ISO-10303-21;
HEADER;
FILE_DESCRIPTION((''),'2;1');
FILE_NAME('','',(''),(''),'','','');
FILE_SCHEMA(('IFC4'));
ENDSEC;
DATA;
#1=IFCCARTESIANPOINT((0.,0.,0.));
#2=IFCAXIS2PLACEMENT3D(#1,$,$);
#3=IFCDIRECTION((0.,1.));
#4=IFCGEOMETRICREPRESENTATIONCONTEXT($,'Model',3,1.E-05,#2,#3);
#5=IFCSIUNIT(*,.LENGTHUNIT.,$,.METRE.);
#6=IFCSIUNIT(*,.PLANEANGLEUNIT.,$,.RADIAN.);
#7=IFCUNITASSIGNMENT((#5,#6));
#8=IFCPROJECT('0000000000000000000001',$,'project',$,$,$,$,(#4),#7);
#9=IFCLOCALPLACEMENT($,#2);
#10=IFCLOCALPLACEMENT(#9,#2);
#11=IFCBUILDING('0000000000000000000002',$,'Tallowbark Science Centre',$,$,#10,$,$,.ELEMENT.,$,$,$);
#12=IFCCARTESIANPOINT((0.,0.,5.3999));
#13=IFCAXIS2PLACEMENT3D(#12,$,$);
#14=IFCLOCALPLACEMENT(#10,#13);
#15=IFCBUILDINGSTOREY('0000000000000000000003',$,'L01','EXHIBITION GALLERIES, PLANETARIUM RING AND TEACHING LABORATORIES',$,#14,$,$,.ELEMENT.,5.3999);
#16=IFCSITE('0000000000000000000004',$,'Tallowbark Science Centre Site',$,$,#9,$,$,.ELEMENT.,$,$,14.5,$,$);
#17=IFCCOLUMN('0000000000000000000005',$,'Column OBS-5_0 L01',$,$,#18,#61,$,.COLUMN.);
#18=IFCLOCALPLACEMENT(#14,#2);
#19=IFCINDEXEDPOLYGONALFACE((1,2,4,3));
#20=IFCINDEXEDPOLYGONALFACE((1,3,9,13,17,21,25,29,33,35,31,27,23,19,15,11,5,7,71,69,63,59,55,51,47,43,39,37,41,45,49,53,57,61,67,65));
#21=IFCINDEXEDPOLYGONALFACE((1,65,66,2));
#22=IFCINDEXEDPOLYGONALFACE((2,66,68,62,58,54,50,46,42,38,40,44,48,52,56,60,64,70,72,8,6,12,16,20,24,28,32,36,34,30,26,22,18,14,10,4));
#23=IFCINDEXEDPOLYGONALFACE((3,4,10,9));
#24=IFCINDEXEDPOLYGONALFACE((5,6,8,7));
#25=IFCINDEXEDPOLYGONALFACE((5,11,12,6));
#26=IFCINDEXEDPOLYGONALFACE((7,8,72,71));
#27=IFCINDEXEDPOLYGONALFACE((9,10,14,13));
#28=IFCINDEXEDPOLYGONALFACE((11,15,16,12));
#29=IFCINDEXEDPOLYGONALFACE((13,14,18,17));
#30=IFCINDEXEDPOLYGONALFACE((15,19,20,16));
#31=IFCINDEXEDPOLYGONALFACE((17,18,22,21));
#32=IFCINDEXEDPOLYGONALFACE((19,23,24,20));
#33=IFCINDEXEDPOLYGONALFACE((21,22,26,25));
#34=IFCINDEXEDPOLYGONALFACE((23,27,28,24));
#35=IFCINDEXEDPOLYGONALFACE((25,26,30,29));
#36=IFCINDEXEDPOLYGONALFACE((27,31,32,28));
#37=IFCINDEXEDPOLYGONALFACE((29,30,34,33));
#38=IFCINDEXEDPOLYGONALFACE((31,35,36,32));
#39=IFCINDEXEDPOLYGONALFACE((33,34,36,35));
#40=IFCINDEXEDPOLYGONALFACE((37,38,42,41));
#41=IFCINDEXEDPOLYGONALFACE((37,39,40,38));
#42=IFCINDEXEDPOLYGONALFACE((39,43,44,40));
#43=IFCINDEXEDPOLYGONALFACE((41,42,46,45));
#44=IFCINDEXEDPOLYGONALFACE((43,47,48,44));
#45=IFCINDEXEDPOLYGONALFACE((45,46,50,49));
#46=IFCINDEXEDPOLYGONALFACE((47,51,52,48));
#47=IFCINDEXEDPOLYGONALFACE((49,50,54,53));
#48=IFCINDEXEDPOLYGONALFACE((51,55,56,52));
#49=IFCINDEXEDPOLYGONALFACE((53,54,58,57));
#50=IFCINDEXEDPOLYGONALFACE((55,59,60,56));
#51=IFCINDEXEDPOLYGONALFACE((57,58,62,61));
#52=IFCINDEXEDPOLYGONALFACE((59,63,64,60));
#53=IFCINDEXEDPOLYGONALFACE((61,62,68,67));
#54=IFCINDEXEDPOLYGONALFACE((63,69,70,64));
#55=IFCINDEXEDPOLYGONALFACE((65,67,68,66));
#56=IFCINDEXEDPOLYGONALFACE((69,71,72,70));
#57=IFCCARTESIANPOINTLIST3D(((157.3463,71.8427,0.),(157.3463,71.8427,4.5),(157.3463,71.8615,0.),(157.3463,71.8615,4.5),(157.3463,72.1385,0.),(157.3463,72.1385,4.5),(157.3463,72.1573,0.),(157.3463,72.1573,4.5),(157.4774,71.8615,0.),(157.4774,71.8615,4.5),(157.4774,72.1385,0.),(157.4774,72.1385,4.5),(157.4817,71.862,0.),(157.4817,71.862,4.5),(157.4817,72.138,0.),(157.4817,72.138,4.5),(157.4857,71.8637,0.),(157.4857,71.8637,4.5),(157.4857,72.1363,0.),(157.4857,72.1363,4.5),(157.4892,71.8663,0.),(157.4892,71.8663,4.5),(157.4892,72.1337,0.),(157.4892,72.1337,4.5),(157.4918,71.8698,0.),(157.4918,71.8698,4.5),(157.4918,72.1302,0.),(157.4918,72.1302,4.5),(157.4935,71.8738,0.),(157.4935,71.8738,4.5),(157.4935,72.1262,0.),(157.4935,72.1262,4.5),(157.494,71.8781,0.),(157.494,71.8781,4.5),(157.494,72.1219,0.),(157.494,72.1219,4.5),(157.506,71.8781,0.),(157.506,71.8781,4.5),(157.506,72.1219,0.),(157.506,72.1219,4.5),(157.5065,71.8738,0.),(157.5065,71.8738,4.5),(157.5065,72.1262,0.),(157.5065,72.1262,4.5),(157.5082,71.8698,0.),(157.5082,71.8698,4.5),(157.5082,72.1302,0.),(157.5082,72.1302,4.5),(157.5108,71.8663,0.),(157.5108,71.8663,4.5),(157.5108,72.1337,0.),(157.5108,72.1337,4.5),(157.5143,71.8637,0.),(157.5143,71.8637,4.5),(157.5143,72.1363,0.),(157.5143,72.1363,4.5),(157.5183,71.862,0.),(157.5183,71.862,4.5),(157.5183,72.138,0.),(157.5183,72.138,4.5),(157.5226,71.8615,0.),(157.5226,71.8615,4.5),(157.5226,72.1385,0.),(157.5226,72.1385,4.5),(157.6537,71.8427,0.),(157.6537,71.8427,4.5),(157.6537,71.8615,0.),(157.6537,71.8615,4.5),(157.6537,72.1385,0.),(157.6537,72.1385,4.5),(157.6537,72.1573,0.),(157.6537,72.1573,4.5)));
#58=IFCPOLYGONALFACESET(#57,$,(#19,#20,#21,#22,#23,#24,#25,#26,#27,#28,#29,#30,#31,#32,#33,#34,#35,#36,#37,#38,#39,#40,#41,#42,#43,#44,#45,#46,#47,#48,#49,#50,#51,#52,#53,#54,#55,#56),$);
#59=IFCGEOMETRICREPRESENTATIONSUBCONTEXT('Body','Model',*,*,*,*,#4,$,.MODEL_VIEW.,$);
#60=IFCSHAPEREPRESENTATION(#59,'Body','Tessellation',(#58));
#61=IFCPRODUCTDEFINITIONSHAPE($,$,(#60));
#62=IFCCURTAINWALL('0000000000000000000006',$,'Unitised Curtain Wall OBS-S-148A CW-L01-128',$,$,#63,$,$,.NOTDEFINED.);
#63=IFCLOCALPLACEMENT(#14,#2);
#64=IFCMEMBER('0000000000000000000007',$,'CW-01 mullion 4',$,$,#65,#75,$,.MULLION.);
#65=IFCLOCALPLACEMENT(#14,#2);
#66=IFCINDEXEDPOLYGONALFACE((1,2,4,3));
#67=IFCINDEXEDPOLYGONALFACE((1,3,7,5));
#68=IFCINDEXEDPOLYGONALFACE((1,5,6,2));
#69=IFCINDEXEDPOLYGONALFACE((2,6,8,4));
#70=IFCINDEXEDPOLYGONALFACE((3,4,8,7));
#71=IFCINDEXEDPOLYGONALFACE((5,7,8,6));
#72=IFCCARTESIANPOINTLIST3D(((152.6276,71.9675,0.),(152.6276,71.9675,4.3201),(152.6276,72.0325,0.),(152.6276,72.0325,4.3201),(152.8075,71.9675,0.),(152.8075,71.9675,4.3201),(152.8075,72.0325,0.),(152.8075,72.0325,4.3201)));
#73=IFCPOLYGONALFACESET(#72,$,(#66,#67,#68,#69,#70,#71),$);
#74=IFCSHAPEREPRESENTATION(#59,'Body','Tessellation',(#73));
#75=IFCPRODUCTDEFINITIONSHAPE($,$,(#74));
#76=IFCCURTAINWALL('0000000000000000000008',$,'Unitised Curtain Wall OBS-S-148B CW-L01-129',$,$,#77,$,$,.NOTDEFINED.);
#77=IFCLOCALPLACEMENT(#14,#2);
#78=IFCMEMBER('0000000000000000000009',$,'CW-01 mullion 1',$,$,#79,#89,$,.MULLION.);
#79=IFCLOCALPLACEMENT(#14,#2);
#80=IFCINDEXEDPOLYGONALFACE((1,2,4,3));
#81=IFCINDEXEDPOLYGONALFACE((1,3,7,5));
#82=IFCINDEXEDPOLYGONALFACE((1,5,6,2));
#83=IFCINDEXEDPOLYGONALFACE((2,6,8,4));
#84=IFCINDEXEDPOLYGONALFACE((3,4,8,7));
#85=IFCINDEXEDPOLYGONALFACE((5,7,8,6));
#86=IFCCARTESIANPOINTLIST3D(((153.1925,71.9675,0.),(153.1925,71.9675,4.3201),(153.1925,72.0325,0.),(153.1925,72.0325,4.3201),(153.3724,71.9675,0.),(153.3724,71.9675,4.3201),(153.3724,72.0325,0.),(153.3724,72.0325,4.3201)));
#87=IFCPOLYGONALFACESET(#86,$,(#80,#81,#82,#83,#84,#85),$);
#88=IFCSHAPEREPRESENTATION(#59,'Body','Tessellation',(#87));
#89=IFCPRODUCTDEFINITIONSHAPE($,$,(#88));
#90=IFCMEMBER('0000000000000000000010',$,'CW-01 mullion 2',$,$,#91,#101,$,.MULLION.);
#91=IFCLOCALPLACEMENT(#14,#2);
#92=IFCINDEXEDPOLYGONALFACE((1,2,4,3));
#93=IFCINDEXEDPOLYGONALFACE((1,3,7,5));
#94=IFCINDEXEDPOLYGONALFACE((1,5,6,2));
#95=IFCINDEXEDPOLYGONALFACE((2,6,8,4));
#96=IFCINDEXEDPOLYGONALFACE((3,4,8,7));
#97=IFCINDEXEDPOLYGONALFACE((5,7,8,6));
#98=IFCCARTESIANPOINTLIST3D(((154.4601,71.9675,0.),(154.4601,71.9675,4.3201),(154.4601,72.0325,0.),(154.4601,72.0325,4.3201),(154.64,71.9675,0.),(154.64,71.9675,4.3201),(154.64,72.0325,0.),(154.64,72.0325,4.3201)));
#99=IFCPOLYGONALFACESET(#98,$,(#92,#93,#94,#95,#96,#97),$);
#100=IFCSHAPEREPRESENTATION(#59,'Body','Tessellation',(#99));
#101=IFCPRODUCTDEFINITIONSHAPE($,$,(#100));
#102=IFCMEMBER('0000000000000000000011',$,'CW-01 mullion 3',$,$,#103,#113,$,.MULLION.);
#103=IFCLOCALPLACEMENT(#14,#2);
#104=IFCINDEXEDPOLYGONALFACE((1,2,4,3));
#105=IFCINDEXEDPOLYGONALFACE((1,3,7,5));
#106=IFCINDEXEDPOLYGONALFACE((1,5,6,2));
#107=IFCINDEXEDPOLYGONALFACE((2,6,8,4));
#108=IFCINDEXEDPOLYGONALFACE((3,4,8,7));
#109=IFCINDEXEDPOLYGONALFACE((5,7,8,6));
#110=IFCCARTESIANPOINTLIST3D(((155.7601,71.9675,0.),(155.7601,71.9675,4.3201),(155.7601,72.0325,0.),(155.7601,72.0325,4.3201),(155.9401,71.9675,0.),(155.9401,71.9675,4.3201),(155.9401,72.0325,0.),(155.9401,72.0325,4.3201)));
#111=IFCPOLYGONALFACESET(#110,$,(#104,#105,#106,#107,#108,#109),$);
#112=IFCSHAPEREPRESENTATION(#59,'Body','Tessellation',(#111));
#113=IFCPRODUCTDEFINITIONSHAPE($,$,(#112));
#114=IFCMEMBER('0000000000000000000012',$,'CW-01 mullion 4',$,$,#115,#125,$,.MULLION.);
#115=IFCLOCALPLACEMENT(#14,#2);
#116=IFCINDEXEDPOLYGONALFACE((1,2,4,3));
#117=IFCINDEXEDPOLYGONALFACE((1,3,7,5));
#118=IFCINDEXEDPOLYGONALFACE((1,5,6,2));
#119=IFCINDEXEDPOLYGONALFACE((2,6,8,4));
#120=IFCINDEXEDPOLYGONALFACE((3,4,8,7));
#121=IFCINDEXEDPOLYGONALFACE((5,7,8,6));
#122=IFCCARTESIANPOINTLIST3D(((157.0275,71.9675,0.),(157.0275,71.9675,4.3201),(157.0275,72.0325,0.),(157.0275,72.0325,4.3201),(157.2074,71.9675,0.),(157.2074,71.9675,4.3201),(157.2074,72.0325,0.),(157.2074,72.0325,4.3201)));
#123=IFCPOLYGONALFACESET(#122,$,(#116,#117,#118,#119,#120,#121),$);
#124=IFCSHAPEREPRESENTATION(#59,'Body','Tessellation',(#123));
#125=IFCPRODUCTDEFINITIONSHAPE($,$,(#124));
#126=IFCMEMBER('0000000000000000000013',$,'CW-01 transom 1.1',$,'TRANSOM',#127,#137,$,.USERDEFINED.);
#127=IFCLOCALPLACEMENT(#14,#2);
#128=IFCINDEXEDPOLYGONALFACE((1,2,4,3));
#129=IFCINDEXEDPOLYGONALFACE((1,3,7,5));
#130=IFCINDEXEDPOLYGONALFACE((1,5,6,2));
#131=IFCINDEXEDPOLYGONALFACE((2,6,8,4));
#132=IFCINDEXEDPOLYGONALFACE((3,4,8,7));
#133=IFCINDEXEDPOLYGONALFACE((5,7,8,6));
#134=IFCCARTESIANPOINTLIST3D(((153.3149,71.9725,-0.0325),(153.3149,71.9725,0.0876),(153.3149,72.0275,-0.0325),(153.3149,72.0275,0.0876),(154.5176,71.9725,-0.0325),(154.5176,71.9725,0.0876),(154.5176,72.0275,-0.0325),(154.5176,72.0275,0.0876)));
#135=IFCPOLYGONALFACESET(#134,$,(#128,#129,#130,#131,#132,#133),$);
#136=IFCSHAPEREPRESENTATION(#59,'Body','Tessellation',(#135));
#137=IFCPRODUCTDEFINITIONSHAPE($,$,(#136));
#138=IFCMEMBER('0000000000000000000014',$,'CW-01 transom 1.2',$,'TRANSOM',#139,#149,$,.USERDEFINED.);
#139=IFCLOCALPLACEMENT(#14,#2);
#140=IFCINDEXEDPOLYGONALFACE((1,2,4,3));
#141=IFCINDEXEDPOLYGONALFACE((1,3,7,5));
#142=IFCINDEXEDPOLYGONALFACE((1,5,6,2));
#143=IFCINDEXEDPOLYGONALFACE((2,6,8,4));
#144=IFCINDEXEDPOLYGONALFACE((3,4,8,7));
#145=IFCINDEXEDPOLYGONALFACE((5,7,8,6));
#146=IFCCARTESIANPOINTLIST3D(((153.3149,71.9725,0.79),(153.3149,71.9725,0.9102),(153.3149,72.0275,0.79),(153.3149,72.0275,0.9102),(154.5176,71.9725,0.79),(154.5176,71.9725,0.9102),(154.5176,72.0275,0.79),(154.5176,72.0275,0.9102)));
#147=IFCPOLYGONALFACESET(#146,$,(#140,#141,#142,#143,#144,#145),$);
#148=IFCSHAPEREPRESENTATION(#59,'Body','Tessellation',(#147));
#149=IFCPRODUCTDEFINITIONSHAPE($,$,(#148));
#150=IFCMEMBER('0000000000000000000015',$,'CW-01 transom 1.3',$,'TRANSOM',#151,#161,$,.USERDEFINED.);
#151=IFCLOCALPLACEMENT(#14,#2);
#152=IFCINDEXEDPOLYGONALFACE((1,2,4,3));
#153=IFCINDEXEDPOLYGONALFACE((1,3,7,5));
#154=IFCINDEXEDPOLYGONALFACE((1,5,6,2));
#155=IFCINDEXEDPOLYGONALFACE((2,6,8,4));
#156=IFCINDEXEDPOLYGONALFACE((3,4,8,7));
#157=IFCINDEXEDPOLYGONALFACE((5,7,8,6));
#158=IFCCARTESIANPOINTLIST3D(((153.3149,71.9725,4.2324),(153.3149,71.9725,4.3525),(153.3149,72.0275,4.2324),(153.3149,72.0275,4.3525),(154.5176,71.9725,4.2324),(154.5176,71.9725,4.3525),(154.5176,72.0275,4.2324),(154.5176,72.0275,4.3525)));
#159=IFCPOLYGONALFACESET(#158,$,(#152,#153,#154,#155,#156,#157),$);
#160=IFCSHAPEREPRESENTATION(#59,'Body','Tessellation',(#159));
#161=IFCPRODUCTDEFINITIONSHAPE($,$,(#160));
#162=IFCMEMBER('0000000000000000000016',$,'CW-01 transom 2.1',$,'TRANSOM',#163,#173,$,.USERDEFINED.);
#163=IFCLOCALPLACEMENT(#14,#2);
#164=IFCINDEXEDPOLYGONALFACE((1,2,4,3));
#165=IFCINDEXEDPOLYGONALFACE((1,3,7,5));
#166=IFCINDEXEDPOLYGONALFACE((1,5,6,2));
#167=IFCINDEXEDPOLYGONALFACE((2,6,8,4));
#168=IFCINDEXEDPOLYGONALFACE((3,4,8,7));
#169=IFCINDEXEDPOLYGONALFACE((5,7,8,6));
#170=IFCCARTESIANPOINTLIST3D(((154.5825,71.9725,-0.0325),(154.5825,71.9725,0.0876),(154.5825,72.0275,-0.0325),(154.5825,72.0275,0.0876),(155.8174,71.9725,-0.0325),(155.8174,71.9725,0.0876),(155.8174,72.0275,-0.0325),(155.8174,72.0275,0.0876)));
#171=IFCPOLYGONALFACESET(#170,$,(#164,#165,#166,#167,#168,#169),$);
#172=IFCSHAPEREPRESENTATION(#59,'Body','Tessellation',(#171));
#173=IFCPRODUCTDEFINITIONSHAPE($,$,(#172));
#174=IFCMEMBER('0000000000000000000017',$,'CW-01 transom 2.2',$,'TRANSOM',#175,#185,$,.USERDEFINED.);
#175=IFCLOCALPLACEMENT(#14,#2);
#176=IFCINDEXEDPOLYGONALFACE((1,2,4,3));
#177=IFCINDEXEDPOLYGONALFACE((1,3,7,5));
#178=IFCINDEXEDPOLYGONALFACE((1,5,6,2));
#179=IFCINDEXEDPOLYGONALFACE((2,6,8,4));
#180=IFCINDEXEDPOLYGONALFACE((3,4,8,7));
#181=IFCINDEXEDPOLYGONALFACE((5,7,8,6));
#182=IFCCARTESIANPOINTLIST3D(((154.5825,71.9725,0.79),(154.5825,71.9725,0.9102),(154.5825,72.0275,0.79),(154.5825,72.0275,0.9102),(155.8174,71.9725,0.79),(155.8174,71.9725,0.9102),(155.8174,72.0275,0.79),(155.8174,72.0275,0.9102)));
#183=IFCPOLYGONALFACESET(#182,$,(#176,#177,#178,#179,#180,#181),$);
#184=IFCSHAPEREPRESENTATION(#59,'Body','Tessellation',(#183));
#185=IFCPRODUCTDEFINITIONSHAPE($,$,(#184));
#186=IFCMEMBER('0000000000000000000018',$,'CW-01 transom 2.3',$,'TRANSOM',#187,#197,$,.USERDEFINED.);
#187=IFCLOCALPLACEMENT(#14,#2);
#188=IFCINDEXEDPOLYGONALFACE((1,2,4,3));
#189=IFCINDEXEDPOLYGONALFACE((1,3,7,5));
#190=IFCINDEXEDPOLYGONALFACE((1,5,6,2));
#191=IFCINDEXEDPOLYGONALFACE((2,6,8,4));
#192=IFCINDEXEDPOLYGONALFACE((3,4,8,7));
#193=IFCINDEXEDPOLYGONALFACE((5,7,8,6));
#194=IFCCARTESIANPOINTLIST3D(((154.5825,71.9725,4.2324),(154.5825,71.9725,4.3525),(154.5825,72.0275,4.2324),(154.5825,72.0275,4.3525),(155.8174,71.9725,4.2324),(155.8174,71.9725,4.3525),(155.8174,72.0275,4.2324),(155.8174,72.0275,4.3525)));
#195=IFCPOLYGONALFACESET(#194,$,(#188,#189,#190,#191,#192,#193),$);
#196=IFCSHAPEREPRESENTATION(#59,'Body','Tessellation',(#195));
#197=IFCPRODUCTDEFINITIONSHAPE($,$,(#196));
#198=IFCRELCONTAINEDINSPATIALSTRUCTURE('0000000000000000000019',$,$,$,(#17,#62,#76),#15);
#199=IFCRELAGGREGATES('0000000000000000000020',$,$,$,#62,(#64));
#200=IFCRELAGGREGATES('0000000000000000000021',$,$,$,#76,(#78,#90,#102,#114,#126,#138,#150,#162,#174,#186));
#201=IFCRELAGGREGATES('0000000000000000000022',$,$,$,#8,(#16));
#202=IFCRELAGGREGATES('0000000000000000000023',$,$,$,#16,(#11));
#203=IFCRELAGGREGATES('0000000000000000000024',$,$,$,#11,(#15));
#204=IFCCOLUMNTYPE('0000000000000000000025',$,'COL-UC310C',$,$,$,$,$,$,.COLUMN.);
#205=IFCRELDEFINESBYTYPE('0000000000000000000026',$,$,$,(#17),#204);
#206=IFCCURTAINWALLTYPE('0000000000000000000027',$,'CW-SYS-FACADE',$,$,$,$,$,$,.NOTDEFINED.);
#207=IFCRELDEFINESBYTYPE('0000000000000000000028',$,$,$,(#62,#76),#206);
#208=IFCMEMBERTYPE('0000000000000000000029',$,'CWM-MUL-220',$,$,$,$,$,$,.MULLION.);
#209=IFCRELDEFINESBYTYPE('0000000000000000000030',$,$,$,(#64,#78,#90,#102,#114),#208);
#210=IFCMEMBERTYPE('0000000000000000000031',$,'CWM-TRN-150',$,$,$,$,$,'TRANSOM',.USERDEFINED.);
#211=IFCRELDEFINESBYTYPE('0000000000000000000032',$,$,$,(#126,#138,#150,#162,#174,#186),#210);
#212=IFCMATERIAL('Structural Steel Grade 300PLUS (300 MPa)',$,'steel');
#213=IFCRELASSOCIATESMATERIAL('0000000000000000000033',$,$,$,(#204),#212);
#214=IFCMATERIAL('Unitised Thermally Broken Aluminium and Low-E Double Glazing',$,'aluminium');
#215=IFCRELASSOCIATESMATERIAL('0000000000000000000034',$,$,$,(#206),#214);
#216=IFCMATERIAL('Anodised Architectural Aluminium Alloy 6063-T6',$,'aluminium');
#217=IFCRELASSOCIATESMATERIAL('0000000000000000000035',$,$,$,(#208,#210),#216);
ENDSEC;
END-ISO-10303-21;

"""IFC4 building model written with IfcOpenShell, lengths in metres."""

from ifc_helpers import new_model, si_unit, direction, frame, origin, origin_2d, place, context, subcontext, project, spatial, rectangle, i_section, extrude, material, material_profile, profile_set, type_object, element, aggregate, save


model = new_model("IFC4")

# Units and contexts
model_context = context("Model", 3, precision=1e-05, world=origin(), true_north=direction((0.0, 1.0)))
body_context = subcontext(model_context, "Body", "Model", "MODEL_VIEW")
ifc_project = project(units=[si_unit("LENGTHUNIT", "METRE"), si_unit("PLANEANGLEUNIT", "RADIAN")], contexts=[model_context])

# Site, building, storey
site_placement = place(None, origin())
site = spatial("IfcSite", under=ifc_project, at=site_placement, Name="Tallowbark Science Centre Site", CompositionType="ELEMENT", RefElevation=14.5)
building_placement = place(site_placement, origin())
building = spatial("IfcBuilding", under=site, at=building_placement, Name="Tallowbark Science Centre", CompositionType="ELEMENT")
storey_placement = place(building_placement, frame((0.0, 0.0, 5.3999)))
storey = spatial("IfcBuildingStorey", under=building, at=storey_placement, Name="L01", Description="EXHIBITION GALLERIES, PLANETARIUM RING AND TEACHING LABORATORIES", CompositionType="ELEMENT", Elevation=5.3999)

# Column
ifc_material_1 = material(Name="Structural Steel Grade 300PLUS (300 MPa)", Category="steel")
ifc_material_profile_1 = material_profile(ifc_material_1, i_section(OverallWidth=0.3074, OverallDepth=0.3147, WebThickness=0.012, FlangeThickness=0.0188, FilletRadius=0.0166, at=origin_2d()), Name="310UC118")
ifc_profile_set_1 = profile_set([ifc_material_profile_1], Name="Structural Steel Grade 300PLUS (300 MPa)")
column_type = type_object("IfcColumnType", Name="COL-UC310C", PredefinedType="COLUMN", material=ifc_profile_set_1)
column_placement = place(storey_placement, frame((157.5, 72.0, 0.0), z_axis=(0.0, 0.0, 1.0), x_axis=(1.0, 0.0, 0.0)))
element("IfcColumn", 1, at=column_placement, inside=storey, type_object=column_type, Name="Column OBS-5_0 L01", PredefinedType="COLUMN", context=body_context, shape_type="SweptSolid", body=[
    extrude(i_section(OverallWidth=0.3074, OverallDepth=0.3147, WebThickness=0.012, FlangeThickness=0.0188, FilletRadius=0.0166, at=origin_2d()), origin(), (0.0, 0.0, 1.0), 4.5),
])

# Curtain wall, member
ifc_material_2 = material(Name="Unitised Thermally Broken Aluminium and Low-E Double Glazing", Category="aluminium")
curtain_wall_type = type_object("IfcCurtainWallType", Name="CW-SYS-FACADE", PredefinedType="NOTDEFINED", material=ifc_material_2)
curtain_wall_1_placement = place(storey_placement, origin())
curtain_wall_1 = element("IfcCurtainWall", 2, at=curtain_wall_1_placement, inside=storey, type_object=curtain_wall_type, Name="Unitised Curtain Wall OBS-S-148A CW-L01-128", PredefinedType="NOTDEFINED")
ifc_material_3 = material(Name="Anodised Architectural Aluminium Alloy 6063-T6", Category="aluminium")
ifc_material_profile_2 = material_profile(ifc_material_3, rectangle(XDim=0.0649, YDim=0.1799, at=origin_2d()), Name="ALU65x180")
ifc_profile_set_2 = profile_set([ifc_material_profile_2], Name="Anodised Architectural Aluminium Alloy 6063-T6")
member_type_1 = type_object("IfcMemberType", Name="CWM-MUL-220", PredefinedType="MULLION", material=ifc_profile_set_2)
member_1_placement = place(storey_placement, frame((152.7175, 72.0, 0.0), z_axis=(0.0, 0.0, 1.0), x_axis=(0.0, 1.0, 0.0)))
member_1 = element("IfcMember", 3, at=member_1_placement, type_object=member_type_1, Name="CW-01 mullion 4", PredefinedType="MULLION", context=body_context, shape_type="SweptSolid", body=[
    extrude(rectangle(XDim=0.0649, YDim=0.1799, at=origin_2d()), origin(), (0.0, 0.0, 1.0), 4.3201),
])
aggregate(curtain_wall_1, [member_1])

# Curtain wall, members
curtain_wall_2_placement = place(storey_placement, origin())
curtain_wall_2 = element("IfcCurtainWall", 4, at=curtain_wall_2_placement, inside=storey, type_object=curtain_wall_type, Name="Unitised Curtain Wall OBS-S-148B CW-L01-129", PredefinedType="NOTDEFINED")
member_2_placement = place(storey_placement, frame((153.2825, 72.0, 0.0), z_axis=(0.0, 0.0, 1.0), x_axis=(0.0, 1.0, 0.0)))
member_2 = element("IfcMember", 5, at=member_2_placement, type_object=member_type_1, Name="CW-01 mullion 1", PredefinedType="MULLION", context=body_context, shape_type="SweptSolid", body=[
    extrude(rectangle(XDim=0.0649, YDim=0.1799, at=origin_2d()), origin(), (0.0, 0.0, 1.0), 4.3201),
])
member_3_placement = place(storey_placement, frame((154.55, 72.0, 0.0), z_axis=(0.0, 0.0, 1.0), x_axis=(0.0, 1.0, 0.0)))
member_3 = element("IfcMember", 6, at=member_3_placement, type_object=member_type_1, Name="CW-01 mullion 2", PredefinedType="MULLION", context=body_context, shape_type="SweptSolid", body=[
    extrude(rectangle(XDim=0.0649, YDim=0.1799, at=origin_2d()), origin(), (0.0, 0.0, 1.0), 4.3201),
])
member_4_placement = place(storey_placement, frame((155.8501, 72.0, 0.0), z_axis=(0.0, 0.0, 1.0), x_axis=(0.0, 1.0, 0.0)))
member_4 = element("IfcMember", 7, at=member_4_placement, type_object=member_type_1, Name="CW-01 mullion 3", PredefinedType="MULLION", context=body_context, shape_type="SweptSolid", body=[
    extrude(rectangle(XDim=0.0649, YDim=0.1799, at=origin_2d()), origin(), (0.0, 0.0, 1.0), 4.3201),
])
member_5_placement = place(storey_placement, frame((157.1174, 72.0, 0.0), z_axis=(0.0, 0.0, 1.0), x_axis=(0.0, 1.0, 0.0)))
member_5 = element("IfcMember", 8, at=member_5_placement, type_object=member_type_1, Name="CW-01 mullion 4", PredefinedType="MULLION", context=body_context, shape_type="SweptSolid", body=[
    extrude(rectangle(XDim=0.0649, YDim=0.1799, at=origin_2d()), origin(), (0.0, 0.0, 1.0), 4.3201),
])
ifc_material_profile_3 = material_profile(ifc_material_3, rectangle(XDim=0.0549, YDim=0.1201, at=origin_2d()), Name="ALU55x120")
ifc_profile_set_3 = profile_set([ifc_material_profile_3], Name="Anodised Architectural Aluminium Alloy 6063-T6")
member_type_2 = type_object("IfcMemberType", Name="CWM-TRN-150", ElementType="TRANSOM", PredefinedType="USERDEFINED", material=ifc_profile_set_3)
member_6_placement = place(storey_placement, frame((153.3149, 72.0, 0.0276), z_axis=(1.0, 0.0, 0.0), x_axis=(0.0, 1.0, 0.0)))
member_6 = element("IfcMember", 9, at=member_6_placement, type_object=member_type_2, Name="CW-01 transom 1.1", ObjectType="TRANSOM", PredefinedType="USERDEFINED", context=body_context, shape_type="SweptSolid", body=[
    extrude(rectangle(XDim=0.0549, YDim=0.1201, at=origin_2d()), origin(), (0.0, 0.0, 1.0), 1.2026),
])
member_7_placement = place(storey_placement, frame((153.3149, 72.0, 0.8501), z_axis=(1.0, 0.0, 0.0), x_axis=(0.0, 1.0, 0.0)))
member_7 = element("IfcMember", 10, at=member_7_placement, type_object=member_type_2, Name="CW-01 transom 1.2", ObjectType="TRANSOM", PredefinedType="USERDEFINED", context=body_context, shape_type="SweptSolid", body=[
    extrude(rectangle(XDim=0.0549, YDim=0.1201, at=origin_2d()), origin(), (0.0, 0.0, 1.0), 1.2026),
])
member_8_placement = place(storey_placement, frame((153.3149, 72.0, 4.2925), z_axis=(1.0, 0.0, 0.0), x_axis=(0.0, 1.0, 0.0)))
member_8 = element("IfcMember", 11, at=member_8_placement, type_object=member_type_2, Name="CW-01 transom 1.3", ObjectType="TRANSOM", PredefinedType="USERDEFINED", context=body_context, shape_type="SweptSolid", body=[
    extrude(rectangle(XDim=0.0549, YDim=0.1201, at=origin_2d()), origin(), (0.0, 0.0, 1.0), 1.2026),
])
member_9_placement = place(storey_placement, frame((154.5825, 72.0, 0.0276), z_axis=(1.0, 0.0, 0.0), x_axis=(0.0, 1.0, 0.0)))
member_9 = element("IfcMember", 12, at=member_9_placement, type_object=member_type_2, Name="CW-01 transom 2.1", ObjectType="TRANSOM", PredefinedType="USERDEFINED", context=body_context, shape_type="SweptSolid", body=[
    extrude(rectangle(XDim=0.0549, YDim=0.1201, at=origin_2d()), origin(), (0.0, 0.0, 1.0), 1.2349),
])
member_10_placement = place(storey_placement, frame((154.5825, 72.0, 0.8501), z_axis=(1.0, 0.0, 0.0), x_axis=(0.0, 1.0, 0.0)))
member_10 = element("IfcMember", 13, at=member_10_placement, type_object=member_type_2, Name="CW-01 transom 2.2", ObjectType="TRANSOM", PredefinedType="USERDEFINED", context=body_context, shape_type="SweptSolid", body=[
    extrude(rectangle(XDim=0.0549, YDim=0.1201, at=origin_2d()), origin(), (0.0, 0.0, 1.0), 1.2349),
])
member_11_placement = place(storey_placement, frame((154.5825, 72.0, 4.2925), z_axis=(1.0, 0.0, 0.0), x_axis=(0.0, 1.0, 0.0)))
member_11 = element("IfcMember", 14, at=member_11_placement, type_object=member_type_2, Name="CW-01 transom 2.3", ObjectType="TRANSOM", PredefinedType="USERDEFINED", context=body_context, shape_type="SweptSolid", body=[
    extrude(rectangle(XDim=0.0549, YDim=0.1201, at=origin_2d()), origin(), (0.0, 0.0, 1.0), 1.2349),
])
aggregate(curtain_wall_2, [member_2, member_3, member_4, member_5, member_6, member_7, member_8, member_9, member_10, member_11])

save(model, "model.ifc")
